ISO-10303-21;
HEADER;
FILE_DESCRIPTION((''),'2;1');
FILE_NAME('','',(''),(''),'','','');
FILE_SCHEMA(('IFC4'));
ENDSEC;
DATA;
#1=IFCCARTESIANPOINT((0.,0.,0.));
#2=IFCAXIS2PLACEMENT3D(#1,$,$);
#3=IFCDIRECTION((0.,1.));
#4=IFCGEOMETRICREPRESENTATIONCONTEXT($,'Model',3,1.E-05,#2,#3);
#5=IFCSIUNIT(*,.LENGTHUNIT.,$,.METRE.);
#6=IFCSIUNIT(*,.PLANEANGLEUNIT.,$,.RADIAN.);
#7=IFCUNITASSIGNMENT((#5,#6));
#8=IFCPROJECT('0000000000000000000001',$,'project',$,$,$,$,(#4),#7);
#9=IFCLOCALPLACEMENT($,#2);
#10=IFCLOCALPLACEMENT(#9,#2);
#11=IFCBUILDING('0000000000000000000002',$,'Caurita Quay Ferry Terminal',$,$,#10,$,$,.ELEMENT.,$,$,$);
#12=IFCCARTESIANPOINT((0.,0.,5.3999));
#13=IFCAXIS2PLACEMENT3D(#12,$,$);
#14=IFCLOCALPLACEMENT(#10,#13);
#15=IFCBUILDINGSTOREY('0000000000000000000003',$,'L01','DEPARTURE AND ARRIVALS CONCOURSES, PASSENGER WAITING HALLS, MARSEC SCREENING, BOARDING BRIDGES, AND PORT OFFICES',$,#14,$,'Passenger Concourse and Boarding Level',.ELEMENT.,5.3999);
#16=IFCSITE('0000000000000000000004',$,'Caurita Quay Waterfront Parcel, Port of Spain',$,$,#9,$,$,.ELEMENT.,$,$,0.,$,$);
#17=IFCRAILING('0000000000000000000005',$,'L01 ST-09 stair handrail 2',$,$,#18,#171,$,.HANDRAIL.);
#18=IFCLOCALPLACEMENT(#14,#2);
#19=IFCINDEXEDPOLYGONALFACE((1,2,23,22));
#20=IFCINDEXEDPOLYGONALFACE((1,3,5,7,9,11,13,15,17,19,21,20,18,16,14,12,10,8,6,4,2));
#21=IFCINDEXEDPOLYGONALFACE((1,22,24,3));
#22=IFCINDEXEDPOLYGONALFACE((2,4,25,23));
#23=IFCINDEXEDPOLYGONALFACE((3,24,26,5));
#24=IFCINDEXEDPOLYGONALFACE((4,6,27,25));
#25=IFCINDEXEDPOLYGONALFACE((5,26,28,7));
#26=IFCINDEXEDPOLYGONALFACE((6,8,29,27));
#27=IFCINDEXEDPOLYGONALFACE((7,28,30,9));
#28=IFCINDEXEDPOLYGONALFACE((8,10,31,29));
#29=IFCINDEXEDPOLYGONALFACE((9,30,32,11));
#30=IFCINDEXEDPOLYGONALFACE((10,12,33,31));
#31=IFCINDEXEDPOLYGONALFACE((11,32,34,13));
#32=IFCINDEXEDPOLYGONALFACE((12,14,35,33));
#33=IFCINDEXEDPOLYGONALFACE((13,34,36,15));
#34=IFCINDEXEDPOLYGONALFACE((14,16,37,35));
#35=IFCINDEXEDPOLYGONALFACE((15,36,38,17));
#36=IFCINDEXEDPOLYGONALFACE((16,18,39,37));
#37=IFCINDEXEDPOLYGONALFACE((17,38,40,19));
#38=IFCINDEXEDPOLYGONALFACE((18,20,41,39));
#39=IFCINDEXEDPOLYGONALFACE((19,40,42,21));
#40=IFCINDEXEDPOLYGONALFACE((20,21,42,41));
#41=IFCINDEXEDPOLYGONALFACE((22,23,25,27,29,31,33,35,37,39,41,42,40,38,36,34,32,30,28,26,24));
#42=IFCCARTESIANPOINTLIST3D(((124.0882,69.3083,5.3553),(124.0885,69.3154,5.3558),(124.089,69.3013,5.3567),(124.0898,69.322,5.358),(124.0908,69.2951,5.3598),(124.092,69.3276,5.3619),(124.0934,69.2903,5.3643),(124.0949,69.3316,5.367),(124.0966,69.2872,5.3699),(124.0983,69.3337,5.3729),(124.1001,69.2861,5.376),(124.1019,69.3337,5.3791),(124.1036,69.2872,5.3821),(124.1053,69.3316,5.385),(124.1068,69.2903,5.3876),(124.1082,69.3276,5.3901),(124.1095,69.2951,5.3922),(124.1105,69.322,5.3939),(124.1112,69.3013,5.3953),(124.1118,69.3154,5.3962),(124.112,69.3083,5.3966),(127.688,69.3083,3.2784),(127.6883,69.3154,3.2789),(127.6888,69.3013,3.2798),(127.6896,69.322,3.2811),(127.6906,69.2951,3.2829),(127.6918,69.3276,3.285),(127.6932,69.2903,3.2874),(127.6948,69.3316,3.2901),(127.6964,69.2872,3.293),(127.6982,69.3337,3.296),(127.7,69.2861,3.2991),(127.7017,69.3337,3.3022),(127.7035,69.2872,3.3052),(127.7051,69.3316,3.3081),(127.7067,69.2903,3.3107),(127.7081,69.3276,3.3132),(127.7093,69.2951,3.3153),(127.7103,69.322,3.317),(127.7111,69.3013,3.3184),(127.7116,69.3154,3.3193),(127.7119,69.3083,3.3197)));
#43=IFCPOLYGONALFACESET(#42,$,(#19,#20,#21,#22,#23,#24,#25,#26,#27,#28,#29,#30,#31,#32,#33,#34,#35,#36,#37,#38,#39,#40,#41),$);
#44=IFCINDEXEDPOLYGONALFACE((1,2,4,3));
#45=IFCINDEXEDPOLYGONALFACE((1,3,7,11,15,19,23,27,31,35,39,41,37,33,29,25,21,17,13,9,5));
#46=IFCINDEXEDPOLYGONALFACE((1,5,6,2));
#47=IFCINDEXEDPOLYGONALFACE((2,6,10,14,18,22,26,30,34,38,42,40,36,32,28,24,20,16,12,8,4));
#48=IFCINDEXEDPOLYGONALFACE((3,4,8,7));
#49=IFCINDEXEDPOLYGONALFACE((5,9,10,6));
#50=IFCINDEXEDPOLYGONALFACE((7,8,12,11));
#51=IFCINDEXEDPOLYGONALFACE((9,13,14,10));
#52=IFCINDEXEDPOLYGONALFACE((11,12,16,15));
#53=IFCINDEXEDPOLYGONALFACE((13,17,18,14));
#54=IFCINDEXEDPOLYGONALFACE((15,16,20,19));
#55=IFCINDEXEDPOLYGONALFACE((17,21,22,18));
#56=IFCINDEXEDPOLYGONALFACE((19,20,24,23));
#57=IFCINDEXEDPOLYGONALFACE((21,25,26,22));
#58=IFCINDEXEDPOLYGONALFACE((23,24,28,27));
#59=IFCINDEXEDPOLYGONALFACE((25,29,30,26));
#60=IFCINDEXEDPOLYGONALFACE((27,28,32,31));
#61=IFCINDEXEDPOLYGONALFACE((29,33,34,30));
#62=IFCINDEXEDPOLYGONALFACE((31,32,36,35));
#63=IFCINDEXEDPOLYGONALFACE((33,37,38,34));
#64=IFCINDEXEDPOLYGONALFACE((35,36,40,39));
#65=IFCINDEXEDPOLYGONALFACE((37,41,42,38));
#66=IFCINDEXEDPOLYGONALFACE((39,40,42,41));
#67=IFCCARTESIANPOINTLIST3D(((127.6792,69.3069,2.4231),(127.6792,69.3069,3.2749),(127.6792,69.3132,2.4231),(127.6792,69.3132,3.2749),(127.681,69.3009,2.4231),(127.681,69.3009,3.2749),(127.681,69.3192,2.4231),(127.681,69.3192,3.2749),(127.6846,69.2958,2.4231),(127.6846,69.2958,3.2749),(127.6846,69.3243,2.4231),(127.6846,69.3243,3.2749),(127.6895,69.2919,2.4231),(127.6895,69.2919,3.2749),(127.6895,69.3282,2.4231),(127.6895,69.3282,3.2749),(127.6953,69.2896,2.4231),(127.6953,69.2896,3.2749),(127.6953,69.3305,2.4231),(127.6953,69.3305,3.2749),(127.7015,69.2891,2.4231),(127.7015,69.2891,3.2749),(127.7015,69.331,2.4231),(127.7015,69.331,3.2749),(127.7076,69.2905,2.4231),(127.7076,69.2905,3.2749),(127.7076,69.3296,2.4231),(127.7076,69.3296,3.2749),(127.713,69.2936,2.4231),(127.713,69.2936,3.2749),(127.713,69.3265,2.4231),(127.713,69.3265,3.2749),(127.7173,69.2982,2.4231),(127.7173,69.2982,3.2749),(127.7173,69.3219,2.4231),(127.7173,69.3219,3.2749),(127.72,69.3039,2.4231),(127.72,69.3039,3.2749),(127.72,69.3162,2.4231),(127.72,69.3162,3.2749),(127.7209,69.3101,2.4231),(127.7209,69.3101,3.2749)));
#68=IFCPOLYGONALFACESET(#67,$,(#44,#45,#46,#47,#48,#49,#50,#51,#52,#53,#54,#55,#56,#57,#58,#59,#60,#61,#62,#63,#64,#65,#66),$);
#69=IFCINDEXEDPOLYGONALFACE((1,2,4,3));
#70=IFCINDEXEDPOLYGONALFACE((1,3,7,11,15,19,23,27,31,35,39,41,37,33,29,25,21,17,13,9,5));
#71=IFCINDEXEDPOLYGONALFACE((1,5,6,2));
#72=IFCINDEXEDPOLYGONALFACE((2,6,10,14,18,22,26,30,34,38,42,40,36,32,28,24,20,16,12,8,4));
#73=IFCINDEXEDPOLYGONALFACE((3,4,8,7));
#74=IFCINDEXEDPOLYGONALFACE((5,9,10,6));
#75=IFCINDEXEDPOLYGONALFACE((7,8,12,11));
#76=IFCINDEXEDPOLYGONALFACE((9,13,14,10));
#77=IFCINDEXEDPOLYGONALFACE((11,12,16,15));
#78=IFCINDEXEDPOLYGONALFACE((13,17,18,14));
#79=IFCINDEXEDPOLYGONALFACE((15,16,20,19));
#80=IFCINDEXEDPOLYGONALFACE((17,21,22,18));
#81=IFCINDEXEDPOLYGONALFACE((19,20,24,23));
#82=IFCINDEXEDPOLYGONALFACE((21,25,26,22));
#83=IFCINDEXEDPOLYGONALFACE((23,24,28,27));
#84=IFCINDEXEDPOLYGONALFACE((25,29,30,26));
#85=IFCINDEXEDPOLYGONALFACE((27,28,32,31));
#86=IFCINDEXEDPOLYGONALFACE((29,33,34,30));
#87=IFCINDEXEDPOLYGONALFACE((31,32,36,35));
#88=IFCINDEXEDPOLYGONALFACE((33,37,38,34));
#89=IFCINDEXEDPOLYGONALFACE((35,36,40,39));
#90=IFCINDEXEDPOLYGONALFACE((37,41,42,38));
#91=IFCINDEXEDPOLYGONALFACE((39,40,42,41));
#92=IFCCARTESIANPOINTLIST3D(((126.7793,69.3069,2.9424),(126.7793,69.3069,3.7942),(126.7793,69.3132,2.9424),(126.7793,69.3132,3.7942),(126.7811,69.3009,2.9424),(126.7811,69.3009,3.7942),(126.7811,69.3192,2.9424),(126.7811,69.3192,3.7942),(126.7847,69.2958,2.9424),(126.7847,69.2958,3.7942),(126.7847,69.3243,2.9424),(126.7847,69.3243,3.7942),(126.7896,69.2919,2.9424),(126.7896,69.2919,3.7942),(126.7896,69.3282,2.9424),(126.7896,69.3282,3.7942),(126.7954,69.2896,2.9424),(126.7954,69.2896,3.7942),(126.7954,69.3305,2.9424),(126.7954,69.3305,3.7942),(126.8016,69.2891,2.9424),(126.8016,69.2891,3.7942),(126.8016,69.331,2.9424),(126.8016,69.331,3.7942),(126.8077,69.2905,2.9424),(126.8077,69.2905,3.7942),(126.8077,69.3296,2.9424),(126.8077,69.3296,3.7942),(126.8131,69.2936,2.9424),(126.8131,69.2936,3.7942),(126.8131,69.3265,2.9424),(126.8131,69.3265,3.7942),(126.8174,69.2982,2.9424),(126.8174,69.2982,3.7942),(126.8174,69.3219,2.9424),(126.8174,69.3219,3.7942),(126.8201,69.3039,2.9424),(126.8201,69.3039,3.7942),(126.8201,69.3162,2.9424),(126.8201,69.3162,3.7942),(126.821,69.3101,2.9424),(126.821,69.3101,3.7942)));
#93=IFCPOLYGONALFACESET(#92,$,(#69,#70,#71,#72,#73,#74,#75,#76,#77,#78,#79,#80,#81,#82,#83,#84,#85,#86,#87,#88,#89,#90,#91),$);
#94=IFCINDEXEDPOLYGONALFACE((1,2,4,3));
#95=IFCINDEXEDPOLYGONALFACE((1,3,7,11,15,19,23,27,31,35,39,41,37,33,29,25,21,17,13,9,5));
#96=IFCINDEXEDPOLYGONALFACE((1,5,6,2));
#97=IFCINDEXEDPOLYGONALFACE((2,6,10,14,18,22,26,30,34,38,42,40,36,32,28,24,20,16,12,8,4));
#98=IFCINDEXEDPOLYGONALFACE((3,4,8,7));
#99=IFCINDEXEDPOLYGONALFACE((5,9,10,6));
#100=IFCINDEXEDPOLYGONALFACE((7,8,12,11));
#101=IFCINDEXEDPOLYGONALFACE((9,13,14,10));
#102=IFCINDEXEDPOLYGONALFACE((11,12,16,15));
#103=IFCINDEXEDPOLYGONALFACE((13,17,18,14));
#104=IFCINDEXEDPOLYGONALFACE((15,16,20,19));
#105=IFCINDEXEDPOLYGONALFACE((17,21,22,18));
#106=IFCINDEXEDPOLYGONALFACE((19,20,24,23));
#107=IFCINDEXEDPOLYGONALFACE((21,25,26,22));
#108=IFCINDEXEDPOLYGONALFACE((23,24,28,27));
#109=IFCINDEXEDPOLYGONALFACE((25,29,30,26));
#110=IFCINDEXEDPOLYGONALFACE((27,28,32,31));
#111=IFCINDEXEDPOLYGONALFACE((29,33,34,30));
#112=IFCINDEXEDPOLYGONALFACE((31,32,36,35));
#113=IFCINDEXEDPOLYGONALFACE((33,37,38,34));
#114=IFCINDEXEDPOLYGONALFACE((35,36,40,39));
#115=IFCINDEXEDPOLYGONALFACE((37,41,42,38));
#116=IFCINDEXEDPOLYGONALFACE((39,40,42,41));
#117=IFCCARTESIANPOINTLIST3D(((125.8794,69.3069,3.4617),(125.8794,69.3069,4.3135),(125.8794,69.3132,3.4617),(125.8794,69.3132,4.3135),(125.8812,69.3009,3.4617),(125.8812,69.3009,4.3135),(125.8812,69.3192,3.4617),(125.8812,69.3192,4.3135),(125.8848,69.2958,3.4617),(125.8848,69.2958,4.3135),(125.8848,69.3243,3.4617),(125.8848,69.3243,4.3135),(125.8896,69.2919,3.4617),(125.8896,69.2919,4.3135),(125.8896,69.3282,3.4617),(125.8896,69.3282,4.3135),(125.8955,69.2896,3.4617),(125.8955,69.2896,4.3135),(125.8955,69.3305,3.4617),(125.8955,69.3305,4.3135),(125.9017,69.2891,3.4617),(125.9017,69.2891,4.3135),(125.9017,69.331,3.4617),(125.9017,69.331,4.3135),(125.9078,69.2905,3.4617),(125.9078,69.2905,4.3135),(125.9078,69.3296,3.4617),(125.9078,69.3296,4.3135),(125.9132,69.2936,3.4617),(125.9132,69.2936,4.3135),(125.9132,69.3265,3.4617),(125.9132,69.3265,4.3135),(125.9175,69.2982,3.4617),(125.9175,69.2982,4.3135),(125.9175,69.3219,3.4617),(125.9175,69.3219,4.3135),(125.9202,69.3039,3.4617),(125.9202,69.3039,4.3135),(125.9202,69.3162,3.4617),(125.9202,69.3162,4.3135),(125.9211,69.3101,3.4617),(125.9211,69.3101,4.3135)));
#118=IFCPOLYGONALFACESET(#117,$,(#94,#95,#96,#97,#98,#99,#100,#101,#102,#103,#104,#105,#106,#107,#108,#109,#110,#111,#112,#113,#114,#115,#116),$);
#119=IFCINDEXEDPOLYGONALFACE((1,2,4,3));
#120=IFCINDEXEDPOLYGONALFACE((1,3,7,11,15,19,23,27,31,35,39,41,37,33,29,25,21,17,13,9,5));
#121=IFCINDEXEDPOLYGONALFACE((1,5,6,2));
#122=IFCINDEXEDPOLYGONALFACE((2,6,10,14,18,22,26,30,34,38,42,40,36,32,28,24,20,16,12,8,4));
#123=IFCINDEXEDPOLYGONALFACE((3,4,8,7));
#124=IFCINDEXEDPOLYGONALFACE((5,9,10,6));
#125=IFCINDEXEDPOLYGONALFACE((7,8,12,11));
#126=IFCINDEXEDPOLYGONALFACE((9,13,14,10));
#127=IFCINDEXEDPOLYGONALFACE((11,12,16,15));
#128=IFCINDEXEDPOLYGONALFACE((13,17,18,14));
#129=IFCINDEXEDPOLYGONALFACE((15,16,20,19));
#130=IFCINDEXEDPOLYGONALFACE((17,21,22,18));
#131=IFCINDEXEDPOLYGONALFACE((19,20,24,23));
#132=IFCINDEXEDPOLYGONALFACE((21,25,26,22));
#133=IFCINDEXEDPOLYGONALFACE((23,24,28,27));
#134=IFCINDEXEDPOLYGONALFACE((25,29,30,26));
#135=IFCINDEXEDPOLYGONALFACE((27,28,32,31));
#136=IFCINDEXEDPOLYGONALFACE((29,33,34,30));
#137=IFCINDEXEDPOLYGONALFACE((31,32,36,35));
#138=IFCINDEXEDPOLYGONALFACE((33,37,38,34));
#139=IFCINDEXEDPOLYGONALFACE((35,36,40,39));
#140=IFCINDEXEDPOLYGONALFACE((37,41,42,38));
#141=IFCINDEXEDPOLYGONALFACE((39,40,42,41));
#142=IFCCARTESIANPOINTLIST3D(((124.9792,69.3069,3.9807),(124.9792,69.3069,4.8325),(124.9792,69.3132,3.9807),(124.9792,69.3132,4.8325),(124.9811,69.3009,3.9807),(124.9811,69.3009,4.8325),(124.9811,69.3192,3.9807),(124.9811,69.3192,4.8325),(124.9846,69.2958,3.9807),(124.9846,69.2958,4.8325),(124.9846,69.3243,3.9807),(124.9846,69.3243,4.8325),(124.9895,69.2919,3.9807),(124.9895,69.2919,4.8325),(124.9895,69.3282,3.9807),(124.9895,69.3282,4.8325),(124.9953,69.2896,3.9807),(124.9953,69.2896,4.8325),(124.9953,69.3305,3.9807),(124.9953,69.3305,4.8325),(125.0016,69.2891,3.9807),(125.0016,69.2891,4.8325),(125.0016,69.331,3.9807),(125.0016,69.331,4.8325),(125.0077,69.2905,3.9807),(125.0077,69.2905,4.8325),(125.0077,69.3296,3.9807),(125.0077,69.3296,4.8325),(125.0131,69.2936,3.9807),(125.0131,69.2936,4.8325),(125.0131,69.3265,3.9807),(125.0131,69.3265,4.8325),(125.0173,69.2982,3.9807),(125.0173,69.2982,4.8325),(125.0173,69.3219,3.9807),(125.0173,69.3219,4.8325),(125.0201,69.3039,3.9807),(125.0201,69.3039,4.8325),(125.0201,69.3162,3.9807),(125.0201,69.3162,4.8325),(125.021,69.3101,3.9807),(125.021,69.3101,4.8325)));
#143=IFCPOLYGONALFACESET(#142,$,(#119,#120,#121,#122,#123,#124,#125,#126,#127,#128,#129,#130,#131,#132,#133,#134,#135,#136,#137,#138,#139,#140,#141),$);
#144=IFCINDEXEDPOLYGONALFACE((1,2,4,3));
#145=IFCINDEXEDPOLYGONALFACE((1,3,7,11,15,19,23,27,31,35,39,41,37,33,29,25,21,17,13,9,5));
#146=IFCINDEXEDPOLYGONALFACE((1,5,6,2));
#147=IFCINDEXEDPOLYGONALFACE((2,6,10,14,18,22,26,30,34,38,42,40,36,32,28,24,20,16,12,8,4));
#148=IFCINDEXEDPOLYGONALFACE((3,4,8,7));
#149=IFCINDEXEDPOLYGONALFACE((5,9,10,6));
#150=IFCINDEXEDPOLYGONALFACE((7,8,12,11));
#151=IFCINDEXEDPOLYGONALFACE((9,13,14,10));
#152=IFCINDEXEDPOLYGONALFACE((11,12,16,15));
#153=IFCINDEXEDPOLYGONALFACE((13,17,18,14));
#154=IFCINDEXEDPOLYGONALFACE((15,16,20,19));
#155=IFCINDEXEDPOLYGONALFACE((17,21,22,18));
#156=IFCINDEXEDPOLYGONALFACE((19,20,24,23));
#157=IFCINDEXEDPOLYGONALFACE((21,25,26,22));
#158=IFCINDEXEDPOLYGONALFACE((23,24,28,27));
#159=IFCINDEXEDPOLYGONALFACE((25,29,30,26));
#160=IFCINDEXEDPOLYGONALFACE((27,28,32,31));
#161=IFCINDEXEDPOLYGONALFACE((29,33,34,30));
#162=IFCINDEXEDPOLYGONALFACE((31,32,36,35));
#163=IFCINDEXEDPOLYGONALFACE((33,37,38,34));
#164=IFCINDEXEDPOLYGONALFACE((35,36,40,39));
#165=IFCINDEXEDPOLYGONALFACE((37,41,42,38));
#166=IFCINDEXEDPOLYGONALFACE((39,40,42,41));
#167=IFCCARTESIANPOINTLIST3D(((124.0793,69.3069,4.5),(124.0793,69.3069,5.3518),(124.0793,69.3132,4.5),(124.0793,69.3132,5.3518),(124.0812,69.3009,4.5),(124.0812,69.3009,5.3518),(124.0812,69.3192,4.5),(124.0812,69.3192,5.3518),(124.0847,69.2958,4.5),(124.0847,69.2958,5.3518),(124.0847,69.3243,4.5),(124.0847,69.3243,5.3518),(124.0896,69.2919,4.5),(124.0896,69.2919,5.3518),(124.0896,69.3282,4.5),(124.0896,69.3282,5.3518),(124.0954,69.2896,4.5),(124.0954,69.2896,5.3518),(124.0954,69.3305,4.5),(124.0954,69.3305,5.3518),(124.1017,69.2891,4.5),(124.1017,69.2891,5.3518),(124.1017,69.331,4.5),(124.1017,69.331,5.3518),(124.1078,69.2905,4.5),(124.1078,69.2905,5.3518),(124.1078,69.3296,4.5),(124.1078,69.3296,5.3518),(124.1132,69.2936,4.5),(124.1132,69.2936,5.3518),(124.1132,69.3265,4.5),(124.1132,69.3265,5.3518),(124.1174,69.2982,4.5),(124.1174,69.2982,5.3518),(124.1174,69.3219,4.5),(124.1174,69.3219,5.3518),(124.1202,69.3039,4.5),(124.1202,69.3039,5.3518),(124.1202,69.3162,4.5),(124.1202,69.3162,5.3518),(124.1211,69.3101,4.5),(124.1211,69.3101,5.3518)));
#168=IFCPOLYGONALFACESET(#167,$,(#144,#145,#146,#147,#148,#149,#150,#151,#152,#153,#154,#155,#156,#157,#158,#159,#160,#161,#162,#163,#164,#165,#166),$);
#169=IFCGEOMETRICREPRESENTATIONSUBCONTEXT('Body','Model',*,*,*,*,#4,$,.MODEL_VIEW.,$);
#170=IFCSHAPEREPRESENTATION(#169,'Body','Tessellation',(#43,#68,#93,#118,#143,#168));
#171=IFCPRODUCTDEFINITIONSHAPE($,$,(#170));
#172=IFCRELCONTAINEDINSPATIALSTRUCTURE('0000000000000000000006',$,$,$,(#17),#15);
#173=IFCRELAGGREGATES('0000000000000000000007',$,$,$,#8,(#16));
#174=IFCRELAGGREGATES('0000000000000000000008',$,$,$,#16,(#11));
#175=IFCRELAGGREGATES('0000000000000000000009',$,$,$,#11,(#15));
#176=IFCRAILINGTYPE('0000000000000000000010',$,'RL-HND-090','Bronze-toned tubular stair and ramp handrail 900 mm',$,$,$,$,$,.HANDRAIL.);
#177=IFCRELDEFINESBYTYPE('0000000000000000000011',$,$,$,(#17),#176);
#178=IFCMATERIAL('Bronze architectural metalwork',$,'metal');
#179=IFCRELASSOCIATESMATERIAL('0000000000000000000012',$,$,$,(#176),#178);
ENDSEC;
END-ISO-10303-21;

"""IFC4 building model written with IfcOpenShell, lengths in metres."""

from ifc_helpers import new_model, si_unit, direction, frame, origin, origin_2d, place, context, subcontext, project, spatial, circle, extrude, material, type_object, element, save


model = new_model("IFC4")

# Units and contexts
model_context = context("Model", 3, precision=1e-05, world=origin(), true_north=direction((0.0, 1.0)))
body_context = subcontext(model_context, "Body", "Model", "MODEL_VIEW")
ifc_project = project(units=[si_unit("LENGTHUNIT", "METRE"), si_unit("PLANEANGLEUNIT", "RADIAN")], contexts=[model_context])

# Site, building, storey
site_placement = place(None, origin())
site = spatial("IfcSite", under=ifc_project, at=site_placement, Name="Caurita Quay Waterfront Parcel, Port of Spain", CompositionType="ELEMENT", RefElevation=0.0)
building_placement = place(site_placement, origin())
building = spatial("IfcBuilding", under=site, at=building_placement, Name="Caurita Quay Ferry Terminal", CompositionType="ELEMENT")
storey_placement = place(building_placement, frame((0.0, 0.0, 5.3999)))
storey = spatial("IfcBuildingStorey", under=building, at=storey_placement, Name="L01", Description="DEPARTURE AND ARRIVALS CONCOURSES, PASSENGER WAITING HALLS, MARSEC SCREENING, BOARDING BRIDGES, AND PORT OFFICES", LongName="Passenger Concourse and Boarding Level", CompositionType="ELEMENT", Elevation=5.3999)

# Railing
ifc_material_1 = material(Name="Bronze architectural metalwork", Category="metal")
railing_type_1 = type_object("IfcRailingType", Name="RL-HND-090", Description="Bronze-toned tubular stair and ramp handrail 900 mm", PredefinedType="HANDRAIL", material=ifc_material_1)
railing_1_placement = place(storey_placement, frame((127.7, 69.3101, 2.4231)))
element("IfcRailing", 1, at=railing_1_placement, inside=storey, type_object=railing_type_1, Name="L01 ST-09 stair handrail 2", PredefinedType="HANDRAIL", context=body_context, shape_type="SweptSolid", body=[
    extrude(circle(Radius=0.0239, at=origin_2d()), frame((0.0, 0.0, 0.876), z_axis=(-0.866179, 0.0, 0.499734), x_axis=(0.0, -1.0, 0.0)), (0.0, 0.0, 1.0), 4.156),
    extrude(circle(Radius=0.021, at=origin_2d()), origin(), (0.0, 0.0, 1.0), 0.8518),
    extrude(circle(Radius=0.021, at=origin_2d()), frame((-0.8999, 0.0, 0.5193)), (0.0, 0.0, 1.0), 0.8518),
    extrude(circle(Radius=0.021, at=origin_2d()), frame((-1.7998, 0.0, 1.0386)), (0.0, 0.0, 1.0), 0.8518),
    extrude(circle(Radius=0.021, at=origin_2d()), frame((-2.7, 0.0, 1.5576)), (0.0, 0.0, 1.0), 0.8518),
    extrude(circle(Radius=0.021, at=origin_2d()), frame((-3.5999, 0.0, 2.0769)), (0.0, 0.0, 1.0), 0.8518),
])

save(model, "model.ifc")
